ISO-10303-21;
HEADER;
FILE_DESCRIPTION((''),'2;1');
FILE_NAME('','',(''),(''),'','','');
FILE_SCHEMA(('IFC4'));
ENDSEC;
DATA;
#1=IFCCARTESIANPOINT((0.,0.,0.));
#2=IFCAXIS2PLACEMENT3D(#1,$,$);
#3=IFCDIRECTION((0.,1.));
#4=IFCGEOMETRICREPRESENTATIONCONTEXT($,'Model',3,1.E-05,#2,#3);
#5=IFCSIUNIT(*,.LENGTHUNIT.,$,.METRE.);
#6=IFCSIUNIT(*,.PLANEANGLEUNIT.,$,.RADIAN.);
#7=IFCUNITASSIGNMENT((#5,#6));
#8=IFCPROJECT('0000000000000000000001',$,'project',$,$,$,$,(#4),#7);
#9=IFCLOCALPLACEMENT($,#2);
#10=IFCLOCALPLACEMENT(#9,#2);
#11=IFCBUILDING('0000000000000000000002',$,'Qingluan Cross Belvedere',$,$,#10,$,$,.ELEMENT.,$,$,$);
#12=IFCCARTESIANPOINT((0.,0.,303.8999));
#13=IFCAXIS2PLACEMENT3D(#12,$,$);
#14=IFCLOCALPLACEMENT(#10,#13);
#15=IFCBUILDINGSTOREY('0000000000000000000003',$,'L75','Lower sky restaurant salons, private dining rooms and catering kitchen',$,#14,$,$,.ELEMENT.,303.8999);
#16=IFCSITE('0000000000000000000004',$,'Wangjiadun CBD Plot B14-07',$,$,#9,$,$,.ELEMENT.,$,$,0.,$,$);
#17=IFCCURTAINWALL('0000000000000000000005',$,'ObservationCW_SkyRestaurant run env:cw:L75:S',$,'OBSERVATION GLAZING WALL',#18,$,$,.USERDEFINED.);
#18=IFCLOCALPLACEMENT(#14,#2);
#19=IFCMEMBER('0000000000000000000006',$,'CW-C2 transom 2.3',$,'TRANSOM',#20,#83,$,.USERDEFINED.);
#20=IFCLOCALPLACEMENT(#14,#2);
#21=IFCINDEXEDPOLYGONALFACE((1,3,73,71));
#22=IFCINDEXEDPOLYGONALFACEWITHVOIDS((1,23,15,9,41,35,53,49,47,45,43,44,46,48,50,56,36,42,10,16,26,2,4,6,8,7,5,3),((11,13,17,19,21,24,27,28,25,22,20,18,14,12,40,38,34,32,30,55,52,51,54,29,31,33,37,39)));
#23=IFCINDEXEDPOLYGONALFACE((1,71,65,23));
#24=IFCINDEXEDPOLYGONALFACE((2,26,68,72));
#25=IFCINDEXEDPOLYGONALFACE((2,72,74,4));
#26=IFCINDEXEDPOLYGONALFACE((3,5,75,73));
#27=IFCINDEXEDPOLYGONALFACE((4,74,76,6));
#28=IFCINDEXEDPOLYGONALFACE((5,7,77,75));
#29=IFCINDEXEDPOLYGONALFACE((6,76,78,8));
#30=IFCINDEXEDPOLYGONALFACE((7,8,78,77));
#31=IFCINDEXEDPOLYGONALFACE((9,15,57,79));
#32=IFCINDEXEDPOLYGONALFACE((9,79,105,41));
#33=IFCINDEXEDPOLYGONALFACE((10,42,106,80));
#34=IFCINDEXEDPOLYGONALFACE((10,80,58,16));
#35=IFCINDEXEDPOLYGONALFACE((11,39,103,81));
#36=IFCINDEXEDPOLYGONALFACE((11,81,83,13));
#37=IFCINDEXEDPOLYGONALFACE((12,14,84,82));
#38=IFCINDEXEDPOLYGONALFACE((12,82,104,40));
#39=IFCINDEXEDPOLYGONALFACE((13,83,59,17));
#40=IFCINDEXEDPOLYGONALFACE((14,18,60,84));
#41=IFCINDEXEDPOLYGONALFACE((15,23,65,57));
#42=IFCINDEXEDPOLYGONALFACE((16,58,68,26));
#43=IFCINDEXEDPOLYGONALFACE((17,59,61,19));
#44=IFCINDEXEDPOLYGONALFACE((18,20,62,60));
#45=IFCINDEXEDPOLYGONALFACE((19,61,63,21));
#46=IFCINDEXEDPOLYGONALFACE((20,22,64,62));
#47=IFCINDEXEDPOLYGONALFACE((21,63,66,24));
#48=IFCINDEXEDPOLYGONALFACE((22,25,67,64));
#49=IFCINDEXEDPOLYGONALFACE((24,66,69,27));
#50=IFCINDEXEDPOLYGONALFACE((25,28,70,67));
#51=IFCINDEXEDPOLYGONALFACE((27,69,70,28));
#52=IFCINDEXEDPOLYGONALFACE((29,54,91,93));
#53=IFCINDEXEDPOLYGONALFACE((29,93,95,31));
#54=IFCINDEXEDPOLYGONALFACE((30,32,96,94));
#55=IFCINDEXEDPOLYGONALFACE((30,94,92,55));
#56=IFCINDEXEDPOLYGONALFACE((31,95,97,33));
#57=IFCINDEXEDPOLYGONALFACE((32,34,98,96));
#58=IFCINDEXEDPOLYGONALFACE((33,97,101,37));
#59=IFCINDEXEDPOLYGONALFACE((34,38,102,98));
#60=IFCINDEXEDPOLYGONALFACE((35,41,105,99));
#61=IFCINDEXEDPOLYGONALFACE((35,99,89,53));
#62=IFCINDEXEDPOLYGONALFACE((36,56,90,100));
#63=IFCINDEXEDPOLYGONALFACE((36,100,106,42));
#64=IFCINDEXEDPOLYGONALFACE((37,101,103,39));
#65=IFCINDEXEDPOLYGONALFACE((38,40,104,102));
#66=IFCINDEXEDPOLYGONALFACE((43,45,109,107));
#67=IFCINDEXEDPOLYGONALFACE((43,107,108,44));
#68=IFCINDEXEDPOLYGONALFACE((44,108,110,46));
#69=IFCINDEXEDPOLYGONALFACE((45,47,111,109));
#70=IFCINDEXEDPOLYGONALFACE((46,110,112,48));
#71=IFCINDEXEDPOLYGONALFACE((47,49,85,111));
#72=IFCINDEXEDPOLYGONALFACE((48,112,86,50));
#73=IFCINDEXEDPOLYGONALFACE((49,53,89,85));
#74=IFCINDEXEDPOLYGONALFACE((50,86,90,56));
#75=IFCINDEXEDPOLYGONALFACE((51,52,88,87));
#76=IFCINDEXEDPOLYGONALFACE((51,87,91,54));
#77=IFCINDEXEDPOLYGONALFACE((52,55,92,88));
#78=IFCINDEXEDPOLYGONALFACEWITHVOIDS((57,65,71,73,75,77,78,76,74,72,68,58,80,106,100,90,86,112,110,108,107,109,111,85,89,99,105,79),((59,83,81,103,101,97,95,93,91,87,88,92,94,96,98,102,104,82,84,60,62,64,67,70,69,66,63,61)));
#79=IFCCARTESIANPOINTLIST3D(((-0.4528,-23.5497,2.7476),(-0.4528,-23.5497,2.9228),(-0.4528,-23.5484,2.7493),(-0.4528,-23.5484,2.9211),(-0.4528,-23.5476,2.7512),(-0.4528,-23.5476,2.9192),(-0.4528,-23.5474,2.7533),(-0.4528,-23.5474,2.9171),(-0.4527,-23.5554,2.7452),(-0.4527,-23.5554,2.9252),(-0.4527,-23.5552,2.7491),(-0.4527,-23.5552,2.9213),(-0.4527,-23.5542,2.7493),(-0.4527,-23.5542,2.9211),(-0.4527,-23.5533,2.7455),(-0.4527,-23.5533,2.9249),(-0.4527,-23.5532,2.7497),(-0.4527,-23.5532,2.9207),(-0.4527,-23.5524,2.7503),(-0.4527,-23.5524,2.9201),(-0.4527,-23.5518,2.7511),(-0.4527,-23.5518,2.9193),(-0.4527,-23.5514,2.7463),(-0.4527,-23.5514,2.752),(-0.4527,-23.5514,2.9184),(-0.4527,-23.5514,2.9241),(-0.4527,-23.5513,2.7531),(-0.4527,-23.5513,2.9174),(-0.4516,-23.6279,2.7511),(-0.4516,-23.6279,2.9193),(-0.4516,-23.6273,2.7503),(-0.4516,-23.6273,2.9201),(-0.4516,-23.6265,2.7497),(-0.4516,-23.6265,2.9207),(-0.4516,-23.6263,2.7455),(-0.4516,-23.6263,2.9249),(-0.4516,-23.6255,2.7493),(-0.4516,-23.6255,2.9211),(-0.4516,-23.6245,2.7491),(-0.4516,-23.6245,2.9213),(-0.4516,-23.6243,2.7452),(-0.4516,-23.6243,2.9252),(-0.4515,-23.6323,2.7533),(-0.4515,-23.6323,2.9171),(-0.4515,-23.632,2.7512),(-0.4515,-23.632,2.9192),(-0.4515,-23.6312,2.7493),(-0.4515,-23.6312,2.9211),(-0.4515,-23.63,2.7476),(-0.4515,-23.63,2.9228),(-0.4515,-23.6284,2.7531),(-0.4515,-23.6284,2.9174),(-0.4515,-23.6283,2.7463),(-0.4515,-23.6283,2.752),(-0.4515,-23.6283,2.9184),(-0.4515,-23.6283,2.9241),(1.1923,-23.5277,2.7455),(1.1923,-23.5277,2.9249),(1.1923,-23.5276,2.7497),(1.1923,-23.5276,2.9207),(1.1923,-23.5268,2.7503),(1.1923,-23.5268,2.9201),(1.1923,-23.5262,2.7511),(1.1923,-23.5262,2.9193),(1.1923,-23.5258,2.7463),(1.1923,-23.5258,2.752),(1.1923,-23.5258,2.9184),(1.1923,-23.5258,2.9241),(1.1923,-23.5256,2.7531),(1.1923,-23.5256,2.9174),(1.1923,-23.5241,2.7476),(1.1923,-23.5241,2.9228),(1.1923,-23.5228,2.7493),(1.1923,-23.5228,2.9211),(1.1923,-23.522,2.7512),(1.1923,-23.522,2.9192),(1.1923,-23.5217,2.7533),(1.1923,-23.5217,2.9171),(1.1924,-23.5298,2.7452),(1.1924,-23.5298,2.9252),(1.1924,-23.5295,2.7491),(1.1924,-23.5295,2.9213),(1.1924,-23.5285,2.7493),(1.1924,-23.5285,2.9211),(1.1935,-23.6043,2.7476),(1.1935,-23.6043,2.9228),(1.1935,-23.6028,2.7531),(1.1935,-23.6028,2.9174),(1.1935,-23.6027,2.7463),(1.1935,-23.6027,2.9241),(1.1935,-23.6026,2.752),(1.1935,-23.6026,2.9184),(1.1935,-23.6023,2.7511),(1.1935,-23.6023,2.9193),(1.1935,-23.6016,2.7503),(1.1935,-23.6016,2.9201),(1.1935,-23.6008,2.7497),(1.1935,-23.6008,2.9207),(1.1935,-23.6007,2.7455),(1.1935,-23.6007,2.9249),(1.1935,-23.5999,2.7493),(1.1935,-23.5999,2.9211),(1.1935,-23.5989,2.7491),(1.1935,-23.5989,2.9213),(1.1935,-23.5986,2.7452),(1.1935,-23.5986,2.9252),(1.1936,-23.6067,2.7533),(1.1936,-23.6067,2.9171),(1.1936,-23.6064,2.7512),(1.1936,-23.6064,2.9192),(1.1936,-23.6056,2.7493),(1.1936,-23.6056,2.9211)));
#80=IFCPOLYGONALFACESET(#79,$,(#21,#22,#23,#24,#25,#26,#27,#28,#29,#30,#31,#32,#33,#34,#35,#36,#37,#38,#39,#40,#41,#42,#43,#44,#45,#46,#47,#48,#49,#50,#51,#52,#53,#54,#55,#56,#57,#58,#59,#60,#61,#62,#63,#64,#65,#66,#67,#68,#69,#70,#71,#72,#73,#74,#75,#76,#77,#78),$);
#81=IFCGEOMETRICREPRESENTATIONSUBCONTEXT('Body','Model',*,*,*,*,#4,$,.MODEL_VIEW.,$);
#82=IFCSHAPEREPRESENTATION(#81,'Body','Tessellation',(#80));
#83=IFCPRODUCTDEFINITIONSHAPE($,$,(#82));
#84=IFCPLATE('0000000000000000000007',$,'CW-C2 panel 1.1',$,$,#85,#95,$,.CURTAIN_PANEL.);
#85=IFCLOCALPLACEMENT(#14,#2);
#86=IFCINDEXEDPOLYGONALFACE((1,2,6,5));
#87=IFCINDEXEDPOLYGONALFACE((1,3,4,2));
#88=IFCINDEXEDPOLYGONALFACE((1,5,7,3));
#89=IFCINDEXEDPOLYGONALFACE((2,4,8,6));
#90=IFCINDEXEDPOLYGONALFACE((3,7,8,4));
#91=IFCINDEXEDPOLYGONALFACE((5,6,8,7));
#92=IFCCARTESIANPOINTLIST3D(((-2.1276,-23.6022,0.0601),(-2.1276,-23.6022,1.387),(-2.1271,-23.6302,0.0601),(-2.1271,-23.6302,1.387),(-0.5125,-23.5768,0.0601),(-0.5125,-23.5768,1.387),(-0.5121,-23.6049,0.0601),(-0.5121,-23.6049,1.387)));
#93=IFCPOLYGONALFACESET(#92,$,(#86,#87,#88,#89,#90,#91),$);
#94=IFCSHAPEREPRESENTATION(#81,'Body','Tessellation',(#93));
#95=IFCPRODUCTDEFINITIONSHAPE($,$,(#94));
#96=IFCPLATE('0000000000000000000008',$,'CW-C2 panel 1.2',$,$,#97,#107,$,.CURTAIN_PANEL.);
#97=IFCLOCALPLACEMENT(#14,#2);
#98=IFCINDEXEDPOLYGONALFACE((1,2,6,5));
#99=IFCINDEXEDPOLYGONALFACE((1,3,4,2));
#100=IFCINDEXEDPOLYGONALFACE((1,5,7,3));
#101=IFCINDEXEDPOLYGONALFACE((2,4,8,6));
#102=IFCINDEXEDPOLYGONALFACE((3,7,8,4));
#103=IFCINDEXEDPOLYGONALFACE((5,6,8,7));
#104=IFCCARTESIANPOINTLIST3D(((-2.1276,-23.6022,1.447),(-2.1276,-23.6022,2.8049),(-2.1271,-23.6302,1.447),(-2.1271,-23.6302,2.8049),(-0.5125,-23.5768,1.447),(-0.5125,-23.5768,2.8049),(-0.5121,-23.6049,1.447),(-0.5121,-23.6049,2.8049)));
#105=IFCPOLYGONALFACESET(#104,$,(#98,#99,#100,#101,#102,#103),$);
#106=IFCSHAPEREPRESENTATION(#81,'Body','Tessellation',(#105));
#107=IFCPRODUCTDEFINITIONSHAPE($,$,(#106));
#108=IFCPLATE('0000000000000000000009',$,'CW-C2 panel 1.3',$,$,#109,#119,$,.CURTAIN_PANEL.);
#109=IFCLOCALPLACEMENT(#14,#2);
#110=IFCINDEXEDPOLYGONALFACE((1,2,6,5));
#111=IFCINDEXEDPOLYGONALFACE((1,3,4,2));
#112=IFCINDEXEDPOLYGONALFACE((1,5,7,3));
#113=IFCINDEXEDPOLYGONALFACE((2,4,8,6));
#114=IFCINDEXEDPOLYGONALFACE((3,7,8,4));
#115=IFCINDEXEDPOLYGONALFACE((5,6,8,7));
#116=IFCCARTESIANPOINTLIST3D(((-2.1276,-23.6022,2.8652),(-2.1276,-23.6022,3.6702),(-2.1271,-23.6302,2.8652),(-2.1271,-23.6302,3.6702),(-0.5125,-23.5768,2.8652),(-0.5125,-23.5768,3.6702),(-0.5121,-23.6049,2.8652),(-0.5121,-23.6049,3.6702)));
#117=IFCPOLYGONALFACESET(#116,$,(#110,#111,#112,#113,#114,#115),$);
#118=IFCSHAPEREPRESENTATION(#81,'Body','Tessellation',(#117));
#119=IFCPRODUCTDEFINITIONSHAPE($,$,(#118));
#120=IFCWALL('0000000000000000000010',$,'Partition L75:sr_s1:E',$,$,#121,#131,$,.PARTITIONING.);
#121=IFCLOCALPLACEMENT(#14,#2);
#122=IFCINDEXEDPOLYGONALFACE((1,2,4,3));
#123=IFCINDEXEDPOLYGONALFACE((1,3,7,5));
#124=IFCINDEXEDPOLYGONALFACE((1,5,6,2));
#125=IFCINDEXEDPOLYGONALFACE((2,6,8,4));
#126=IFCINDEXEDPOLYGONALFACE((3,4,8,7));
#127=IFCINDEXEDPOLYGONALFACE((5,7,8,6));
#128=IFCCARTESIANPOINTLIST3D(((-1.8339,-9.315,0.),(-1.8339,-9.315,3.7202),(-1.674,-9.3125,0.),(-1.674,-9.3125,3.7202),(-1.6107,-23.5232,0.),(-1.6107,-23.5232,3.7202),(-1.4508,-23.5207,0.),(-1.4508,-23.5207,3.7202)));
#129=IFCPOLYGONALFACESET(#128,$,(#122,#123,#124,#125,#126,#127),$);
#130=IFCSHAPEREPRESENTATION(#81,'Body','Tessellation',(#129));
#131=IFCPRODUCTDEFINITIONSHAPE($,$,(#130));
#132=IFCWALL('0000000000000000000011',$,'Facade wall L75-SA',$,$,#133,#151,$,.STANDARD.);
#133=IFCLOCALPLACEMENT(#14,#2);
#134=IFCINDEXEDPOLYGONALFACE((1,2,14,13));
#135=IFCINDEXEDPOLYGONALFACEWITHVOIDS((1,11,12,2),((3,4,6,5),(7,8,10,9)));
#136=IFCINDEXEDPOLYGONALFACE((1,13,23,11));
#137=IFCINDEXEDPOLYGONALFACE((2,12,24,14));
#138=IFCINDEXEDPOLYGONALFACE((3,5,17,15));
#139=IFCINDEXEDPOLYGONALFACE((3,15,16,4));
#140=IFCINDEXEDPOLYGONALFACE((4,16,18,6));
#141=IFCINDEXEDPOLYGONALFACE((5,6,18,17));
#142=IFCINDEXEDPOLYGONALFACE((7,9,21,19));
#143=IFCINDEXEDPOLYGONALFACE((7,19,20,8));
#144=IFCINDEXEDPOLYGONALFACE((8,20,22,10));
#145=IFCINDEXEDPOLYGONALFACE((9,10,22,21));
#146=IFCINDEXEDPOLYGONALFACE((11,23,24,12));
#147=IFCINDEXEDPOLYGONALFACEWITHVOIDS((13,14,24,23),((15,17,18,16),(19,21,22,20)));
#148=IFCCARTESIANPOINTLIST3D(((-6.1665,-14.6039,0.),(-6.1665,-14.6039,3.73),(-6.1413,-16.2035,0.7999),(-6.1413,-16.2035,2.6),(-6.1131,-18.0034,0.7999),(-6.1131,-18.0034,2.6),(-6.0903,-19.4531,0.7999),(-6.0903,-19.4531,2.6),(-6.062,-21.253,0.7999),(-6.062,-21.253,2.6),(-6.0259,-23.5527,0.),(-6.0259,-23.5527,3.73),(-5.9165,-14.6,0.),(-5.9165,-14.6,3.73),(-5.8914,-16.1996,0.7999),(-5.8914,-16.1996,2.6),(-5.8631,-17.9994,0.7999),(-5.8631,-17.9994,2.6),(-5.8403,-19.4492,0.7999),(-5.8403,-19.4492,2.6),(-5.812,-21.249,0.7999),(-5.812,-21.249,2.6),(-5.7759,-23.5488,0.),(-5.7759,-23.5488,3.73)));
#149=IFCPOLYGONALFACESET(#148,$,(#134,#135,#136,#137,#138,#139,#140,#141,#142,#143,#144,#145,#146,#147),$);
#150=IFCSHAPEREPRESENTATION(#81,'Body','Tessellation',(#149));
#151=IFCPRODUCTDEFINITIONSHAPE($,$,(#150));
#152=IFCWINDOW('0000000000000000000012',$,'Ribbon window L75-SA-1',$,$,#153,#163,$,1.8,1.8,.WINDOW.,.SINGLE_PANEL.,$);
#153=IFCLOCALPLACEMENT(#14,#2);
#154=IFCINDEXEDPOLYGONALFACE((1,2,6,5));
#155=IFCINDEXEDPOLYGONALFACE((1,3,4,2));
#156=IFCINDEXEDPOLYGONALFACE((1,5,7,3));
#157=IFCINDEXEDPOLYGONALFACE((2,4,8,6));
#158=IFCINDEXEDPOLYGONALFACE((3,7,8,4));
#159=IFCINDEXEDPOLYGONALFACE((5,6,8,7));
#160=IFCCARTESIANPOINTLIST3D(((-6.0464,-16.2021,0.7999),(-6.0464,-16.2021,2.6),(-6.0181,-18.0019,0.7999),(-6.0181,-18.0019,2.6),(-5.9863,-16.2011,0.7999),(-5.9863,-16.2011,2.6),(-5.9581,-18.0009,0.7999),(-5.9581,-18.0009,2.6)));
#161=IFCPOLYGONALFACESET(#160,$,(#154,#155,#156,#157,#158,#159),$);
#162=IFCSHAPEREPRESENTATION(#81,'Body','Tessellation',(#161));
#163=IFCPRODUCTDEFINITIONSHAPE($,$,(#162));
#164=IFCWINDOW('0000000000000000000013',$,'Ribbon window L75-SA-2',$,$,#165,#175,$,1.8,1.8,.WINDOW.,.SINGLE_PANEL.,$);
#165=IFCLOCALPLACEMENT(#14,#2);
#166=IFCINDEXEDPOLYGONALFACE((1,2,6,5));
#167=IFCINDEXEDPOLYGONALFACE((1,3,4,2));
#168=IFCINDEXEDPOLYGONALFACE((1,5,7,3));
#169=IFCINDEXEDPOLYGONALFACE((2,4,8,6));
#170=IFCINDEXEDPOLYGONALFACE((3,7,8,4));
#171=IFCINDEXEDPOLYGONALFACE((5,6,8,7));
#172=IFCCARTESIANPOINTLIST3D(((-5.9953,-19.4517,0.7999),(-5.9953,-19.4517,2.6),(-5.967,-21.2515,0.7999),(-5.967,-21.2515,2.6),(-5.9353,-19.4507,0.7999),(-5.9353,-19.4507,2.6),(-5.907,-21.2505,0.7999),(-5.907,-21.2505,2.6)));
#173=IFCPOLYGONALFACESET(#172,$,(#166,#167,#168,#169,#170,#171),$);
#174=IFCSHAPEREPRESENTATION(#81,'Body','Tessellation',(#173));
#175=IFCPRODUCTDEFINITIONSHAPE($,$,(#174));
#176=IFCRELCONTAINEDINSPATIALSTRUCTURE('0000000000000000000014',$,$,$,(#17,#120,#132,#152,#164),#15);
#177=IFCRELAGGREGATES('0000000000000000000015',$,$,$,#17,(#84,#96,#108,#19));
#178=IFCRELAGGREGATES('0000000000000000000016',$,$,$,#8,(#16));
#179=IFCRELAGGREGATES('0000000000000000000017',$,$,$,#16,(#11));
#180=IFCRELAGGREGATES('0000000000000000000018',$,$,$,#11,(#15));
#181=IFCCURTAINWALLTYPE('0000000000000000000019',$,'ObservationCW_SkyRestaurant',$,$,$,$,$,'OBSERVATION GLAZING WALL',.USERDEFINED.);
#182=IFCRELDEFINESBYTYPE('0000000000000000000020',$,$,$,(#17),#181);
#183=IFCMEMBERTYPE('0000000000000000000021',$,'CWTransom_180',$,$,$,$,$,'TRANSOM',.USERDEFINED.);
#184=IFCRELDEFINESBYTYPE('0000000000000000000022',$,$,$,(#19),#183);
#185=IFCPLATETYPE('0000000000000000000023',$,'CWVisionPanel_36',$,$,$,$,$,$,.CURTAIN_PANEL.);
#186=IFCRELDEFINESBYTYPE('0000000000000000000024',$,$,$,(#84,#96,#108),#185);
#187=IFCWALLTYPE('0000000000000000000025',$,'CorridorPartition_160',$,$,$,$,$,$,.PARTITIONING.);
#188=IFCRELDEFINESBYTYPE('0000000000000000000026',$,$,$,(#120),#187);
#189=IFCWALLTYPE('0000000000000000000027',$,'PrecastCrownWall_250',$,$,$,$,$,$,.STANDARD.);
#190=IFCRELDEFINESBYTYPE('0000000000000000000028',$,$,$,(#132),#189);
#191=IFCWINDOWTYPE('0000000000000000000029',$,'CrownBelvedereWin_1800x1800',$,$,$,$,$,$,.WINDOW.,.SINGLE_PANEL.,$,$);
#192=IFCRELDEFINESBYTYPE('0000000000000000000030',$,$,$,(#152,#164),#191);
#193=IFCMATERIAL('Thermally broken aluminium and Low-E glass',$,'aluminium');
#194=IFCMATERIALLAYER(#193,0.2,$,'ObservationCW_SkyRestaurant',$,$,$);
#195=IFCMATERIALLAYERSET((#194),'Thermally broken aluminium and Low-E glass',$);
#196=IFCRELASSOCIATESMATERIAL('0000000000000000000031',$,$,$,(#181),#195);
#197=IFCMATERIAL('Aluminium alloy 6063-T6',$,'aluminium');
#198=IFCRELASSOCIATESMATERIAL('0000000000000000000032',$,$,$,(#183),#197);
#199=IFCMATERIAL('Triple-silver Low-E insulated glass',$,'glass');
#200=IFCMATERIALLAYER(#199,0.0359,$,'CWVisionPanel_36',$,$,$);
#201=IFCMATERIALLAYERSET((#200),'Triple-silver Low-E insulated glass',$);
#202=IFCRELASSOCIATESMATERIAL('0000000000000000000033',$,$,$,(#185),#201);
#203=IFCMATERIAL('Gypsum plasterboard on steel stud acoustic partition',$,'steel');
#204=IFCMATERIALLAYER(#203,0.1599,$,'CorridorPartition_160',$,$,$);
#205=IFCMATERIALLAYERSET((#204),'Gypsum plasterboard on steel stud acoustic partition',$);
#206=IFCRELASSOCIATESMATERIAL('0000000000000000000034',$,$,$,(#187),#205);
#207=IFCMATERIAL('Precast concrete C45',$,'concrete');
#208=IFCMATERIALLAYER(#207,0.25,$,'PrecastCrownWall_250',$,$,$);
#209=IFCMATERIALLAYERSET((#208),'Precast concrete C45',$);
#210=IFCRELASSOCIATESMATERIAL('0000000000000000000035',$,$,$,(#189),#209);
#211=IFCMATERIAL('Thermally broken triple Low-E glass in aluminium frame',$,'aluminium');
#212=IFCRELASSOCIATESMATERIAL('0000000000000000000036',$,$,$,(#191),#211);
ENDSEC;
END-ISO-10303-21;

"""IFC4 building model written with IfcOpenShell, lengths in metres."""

from ifc_helpers import new_model, si_unit, direction, frame, frame_2d, origin, origin_2d, place, context, subcontext, project, spatial, rectangle, hollow_rectangle, extrude, material, layer, layer_set, material_profile, profile_set, type_object, element, fill, aggregate, save


model = new_model("IFC4")

# Units and contexts
model_context = context("Model", 3, precision=1e-05, world=origin(), true_north=direction((0.0, 1.0)))
body_context = subcontext(model_context, "Body", "Model", "MODEL_VIEW")
ifc_project = project(units=[si_unit("LENGTHUNIT", "METRE"), si_unit("PLANEANGLEUNIT", "RADIAN")], contexts=[model_context])

# Site, building, storey
site_placement = place(None, origin())
site = spatial("IfcSite", under=ifc_project, at=site_placement, Name="Wangjiadun CBD Plot B14-07", CompositionType="ELEMENT", RefElevation=0.0)
building_placement = place(site_placement, origin())
building = spatial("IfcBuilding", under=site, at=building_placement, Name="Qingluan Cross Belvedere", CompositionType="ELEMENT")
storey_placement = place(building_placement, frame((0.0, 0.0, 303.8999)))
storey = spatial("IfcBuildingStorey", under=building, at=storey_placement, Name="L75", Description="Lower sky restaurant salons, private dining rooms and catering kitchen", CompositionType="ELEMENT", Elevation=303.8999)

# Curtain wall, member, plates
ifc_material_1 = material(Name="Thermally broken aluminium and Low-E glass", Category="aluminium")
ifc_layer_1 = layer(ifc_material_1, 0.2, Name="ObservationCW_SkyRestaurant")
ifc_layer_set_1 = layer_set([ifc_layer_1], Name="Thermally broken aluminium and Low-E glass")
curtain_wall_type = type_object("IfcCurtainWallType", Name="ObservationCW_SkyRestaurant", ElementType="OBSERVATION GLAZING WALL", PredefinedType="USERDEFINED", material=ifc_layer_set_1)
curtain_wall_placement = place(storey_placement, origin())
curtain_wall = element("IfcCurtainWall", 1, at=curtain_wall_placement, inside=storey, type_object=curtain_wall_type, Name="ObservationCW_SkyRestaurant run env:cw:L75:S", ObjectType="OBSERVATION GLAZING WALL", PredefinedType="USERDEFINED")
ifc_material_2 = material(Name="Aluminium alloy 6063-T6", Category="aluminium")
ifc_material_profile_1 = material_profile(ifc_material_2, hollow_rectangle(XDim=0.085, YDim=0.1799, WallThickness=0.0039, InnerFilletRadius=0.0039, OuterFilletRadius=0.0081, at=origin_2d()), Name="CWT180x85x4")
ifc_profile_set_1 = profile_set([ifc_material_profile_1], Name="Aluminium alloy 6063-T6")
member_type_1 = type_object("IfcMemberType", Name="CWTransom_180", ElementType="TRANSOM", PredefinedType="USERDEFINED", material=ifc_profile_set_1)
member_1_placement = place(storey_placement, frame((-0.4521, -23.5898, 2.8352), z_axis=(0.999879, 0.015581, 0.0), x_axis=(-0.015581, 0.999879, 0.0)))
member_1 = element("IfcMember", 2, at=member_1_placement, type_object=member_type_1, Name="CW-C2 transom 2.3", ObjectType="TRANSOM", PredefinedType="USERDEFINED", context=body_context, shape_type="SweptSolid", body=[
    extrude(hollow_rectangle(XDim=0.085, YDim=0.1799, WallThickness=0.0039, InnerFilletRadius=0.0039, OuterFilletRadius=0.0081, at=origin_2d()), origin(), (0.0, 0.0, 1.0), 1.6453),
])
ifc_material_3 = material(Name="Triple-silver Low-E insulated glass", Category="glass")
ifc_layer_2 = layer(ifc_material_3, 0.0359, Name="CWVisionPanel_36")
ifc_layer_set_2 = layer_set([ifc_layer_2], Name="Triple-silver Low-E insulated glass")
plate_type = type_object("IfcPlateType", Name="CWVisionPanel_36", PredefinedType="CURTAIN_PANEL", material=ifc_layer_set_2)
plate_1_placement = place(storey_placement, frame((-1.3198, -23.6035, 0.0601), z_axis=(0.0, 0.0, 1.0), x_axis=(0.999877, 0.015696, 0.0)))
plate_1 = element("IfcPlate", 3, at=plate_1_placement, type_object=plate_type, Name="CW-C2 panel 1.1", PredefinedType="CURTAIN_PANEL", context=body_context, shape_type="SweptSolid", body=[
    extrude(rectangle(XDim=1.6152, YDim=0.0281, at=origin_2d()), origin(), (0.0, 0.0, 1.0), 1.3269),
])
plate_2_placement = place(storey_placement, frame((-1.3198, -23.6035, 1.447), z_axis=(0.0, 0.0, 1.0), x_axis=(0.999877, 0.015696, 0.0)))
plate_2 = element("IfcPlate", 4, at=plate_2_placement, type_object=plate_type, Name="CW-C2 panel 1.2", PredefinedType="CURTAIN_PANEL", context=body_context, shape_type="SweptSolid", body=[
    extrude(rectangle(XDim=1.6152, YDim=0.0281, at=origin_2d()), origin(), (0.0, 0.0, 1.0), 1.3579),
])
plate_3_placement = place(storey_placement, frame((-1.3198, -23.6035, 2.8652), z_axis=(0.0, 0.0, 1.0), x_axis=(0.999877, 0.015696, 0.0)))
plate_3 = element("IfcPlate", 5, at=plate_3_placement, type_object=plate_type, Name="CW-C2 panel 1.3", PredefinedType="CURTAIN_PANEL", context=body_context, shape_type="SweptSolid", body=[
    extrude(rectangle(XDim=1.6152, YDim=0.0281, at=origin_2d()), origin(), (0.0, 0.0, 1.0), 0.8049),
])
aggregate(curtain_wall, [plate_1, plate_2, plate_3, member_1])

# Wall
ifc_material_4 = material(Name="Gypsum plasterboard on steel stud acoustic partition", Category="steel")
ifc_layer_3 = layer(ifc_material_4, 0.1599, Name="CorridorPartition_160")
ifc_layer_set_3 = layer_set([ifc_layer_3], Name="Gypsum plasterboard on steel stud acoustic partition")
wall_type_1 = type_object("IfcWallType", Name="CorridorPartition_160", PredefinedType="PARTITIONING", material=ifc_layer_set_3)
wall_1_placement = place(storey_placement, frame((-1.5308, -23.522, 0.0), z_axis=(0.0, 0.0, 1.0), x_axis=(-0.015703, 0.999877, 0.0)))
element("IfcWall", 6, at=wall_1_placement, inside=storey, type_object=wall_type_1, Name="Partition L75:sr_s1:E", PredefinedType="PARTITIONING", context=body_context, shape_type="SweptSolid", body=[
    extrude(rectangle(XDim=14.21, YDim=0.1599, at=frame_2d((7.105, 0.0))), origin(), (0.0, 0.0, 1.0), 3.7202),
])

# Wall, openings, windows
ifc_material_5 = material(Name="Precast concrete C45", Category="concrete")
ifc_layer_4 = layer(ifc_material_5, 0.25, Name="PrecastCrownWall_250")
ifc_layer_set_4 = layer_set([ifc_layer_4], Name="Precast concrete C45")
wall_type_2 = type_object("IfcWallType", Name="PrecastCrownWall_250", PredefinedType="STANDARD", material=ifc_layer_set_4)
wall_2_placement = place(storey_placement, frame((-6.0415, -14.6018, 0.0), z_axis=(0.0, 0.0, 1.0), x_axis=(0.015713, -0.999877, 0.0)))
wall_2 = element("IfcWall", 7, at=wall_2_placement, inside=storey, type_object=wall_type_2, Name="Facade wall L75-SA", PredefinedType="STANDARD", context=body_context, shape_type="SweptSolid", body=[
    extrude(rectangle(XDim=8.95, YDim=0.25, at=frame_2d((4.4751, 0.0))), origin(), (0.0, 0.0, 1.0), 3.73),
])
opening_1_placement = place(wall_2_placement, frame((1.6001, 0.0, 0.8)))
opening_1 = element("IfcOpeningElement", 8, at=opening_1_placement, cuts=wall_2, PredefinedType="OPENING", context=body_context, shape_type="SweptSolid", body=[
    extrude(rectangle(XDim=1.8, YDim=1.8, at=frame_2d((0.8999, 0.8999))), frame((0.0, 0.135, 0.0), z_axis=(0.0, -1.0, 0.0), x_axis=(1.0, 0.0, 0.0)), (0.0, 0.0, 1.0), 0.27),
])
opening_2_placement = place(wall_2_placement, frame((4.8501, 0.0, 0.8)))
opening_2 = element("IfcOpeningElement", 9, at=opening_2_placement, cuts=wall_2, PredefinedType="OPENING", context=body_context, shape_type="SweptSolid", body=[
    extrude(rectangle(XDim=1.8, YDim=1.8, at=frame_2d((0.8999, 0.8999))), frame((0.0, 0.135, 0.0), z_axis=(0.0, -1.0, 0.0), x_axis=(1.0, 0.0, 0.0)), (0.0, 0.0, 1.0), 0.27),
])
ifc_material_6 = material(Name="Thermally broken triple Low-E glass in aluminium frame", Category="aluminium")
window_type = type_object("IfcWindowType", Name="CrownBelvedereWin_1800x1800", PartitioningType="SINGLE_PANEL", PredefinedType="WINDOW", material=ifc_material_6)
window_1_placement = place(opening_1_placement, origin())
window_1 = element("IfcWindow", 10, at=window_1_placement, inside=storey, type_object=window_type, Name="Ribbon window L75-SA-1", OverallHeight=1.8, OverallWidth=1.8, PartitioningType="SINGLE_PANEL", PredefinedType="WINDOW", context=body_context, shape_type="SweptSolid", body=[
    extrude(rectangle(XDim=1.8, YDim=1.8, at=frame_2d((0.8999, 0.8999))), frame((0.0, 0.03, 0.0), z_axis=(0.0, -1.0, 0.0), x_axis=(1.0, 0.0, 0.0)), (0.0, 0.0, 1.0), 0.0601),
])
fill(opening_1, window_1)
window_2_placement = place(opening_2_placement, origin())
window_2 = element("IfcWindow", 11, at=window_2_placement, inside=storey, type_object=window_type, Name="Ribbon window L75-SA-2", OverallHeight=1.8, OverallWidth=1.8, PartitioningType="SINGLE_PANEL", PredefinedType="WINDOW", context=body_context, shape_type="SweptSolid", body=[
    extrude(rectangle(XDim=1.8, YDim=1.8, at=frame_2d((0.8999, 0.8999))), frame((0.0, 0.03, 0.0), z_axis=(0.0, -1.0, 0.0), x_axis=(1.0, 0.0, 0.0)), (0.0, 0.0, 1.0), 0.0601),
])
fill(opening_2, window_2)

save(model, "model.ifc")
